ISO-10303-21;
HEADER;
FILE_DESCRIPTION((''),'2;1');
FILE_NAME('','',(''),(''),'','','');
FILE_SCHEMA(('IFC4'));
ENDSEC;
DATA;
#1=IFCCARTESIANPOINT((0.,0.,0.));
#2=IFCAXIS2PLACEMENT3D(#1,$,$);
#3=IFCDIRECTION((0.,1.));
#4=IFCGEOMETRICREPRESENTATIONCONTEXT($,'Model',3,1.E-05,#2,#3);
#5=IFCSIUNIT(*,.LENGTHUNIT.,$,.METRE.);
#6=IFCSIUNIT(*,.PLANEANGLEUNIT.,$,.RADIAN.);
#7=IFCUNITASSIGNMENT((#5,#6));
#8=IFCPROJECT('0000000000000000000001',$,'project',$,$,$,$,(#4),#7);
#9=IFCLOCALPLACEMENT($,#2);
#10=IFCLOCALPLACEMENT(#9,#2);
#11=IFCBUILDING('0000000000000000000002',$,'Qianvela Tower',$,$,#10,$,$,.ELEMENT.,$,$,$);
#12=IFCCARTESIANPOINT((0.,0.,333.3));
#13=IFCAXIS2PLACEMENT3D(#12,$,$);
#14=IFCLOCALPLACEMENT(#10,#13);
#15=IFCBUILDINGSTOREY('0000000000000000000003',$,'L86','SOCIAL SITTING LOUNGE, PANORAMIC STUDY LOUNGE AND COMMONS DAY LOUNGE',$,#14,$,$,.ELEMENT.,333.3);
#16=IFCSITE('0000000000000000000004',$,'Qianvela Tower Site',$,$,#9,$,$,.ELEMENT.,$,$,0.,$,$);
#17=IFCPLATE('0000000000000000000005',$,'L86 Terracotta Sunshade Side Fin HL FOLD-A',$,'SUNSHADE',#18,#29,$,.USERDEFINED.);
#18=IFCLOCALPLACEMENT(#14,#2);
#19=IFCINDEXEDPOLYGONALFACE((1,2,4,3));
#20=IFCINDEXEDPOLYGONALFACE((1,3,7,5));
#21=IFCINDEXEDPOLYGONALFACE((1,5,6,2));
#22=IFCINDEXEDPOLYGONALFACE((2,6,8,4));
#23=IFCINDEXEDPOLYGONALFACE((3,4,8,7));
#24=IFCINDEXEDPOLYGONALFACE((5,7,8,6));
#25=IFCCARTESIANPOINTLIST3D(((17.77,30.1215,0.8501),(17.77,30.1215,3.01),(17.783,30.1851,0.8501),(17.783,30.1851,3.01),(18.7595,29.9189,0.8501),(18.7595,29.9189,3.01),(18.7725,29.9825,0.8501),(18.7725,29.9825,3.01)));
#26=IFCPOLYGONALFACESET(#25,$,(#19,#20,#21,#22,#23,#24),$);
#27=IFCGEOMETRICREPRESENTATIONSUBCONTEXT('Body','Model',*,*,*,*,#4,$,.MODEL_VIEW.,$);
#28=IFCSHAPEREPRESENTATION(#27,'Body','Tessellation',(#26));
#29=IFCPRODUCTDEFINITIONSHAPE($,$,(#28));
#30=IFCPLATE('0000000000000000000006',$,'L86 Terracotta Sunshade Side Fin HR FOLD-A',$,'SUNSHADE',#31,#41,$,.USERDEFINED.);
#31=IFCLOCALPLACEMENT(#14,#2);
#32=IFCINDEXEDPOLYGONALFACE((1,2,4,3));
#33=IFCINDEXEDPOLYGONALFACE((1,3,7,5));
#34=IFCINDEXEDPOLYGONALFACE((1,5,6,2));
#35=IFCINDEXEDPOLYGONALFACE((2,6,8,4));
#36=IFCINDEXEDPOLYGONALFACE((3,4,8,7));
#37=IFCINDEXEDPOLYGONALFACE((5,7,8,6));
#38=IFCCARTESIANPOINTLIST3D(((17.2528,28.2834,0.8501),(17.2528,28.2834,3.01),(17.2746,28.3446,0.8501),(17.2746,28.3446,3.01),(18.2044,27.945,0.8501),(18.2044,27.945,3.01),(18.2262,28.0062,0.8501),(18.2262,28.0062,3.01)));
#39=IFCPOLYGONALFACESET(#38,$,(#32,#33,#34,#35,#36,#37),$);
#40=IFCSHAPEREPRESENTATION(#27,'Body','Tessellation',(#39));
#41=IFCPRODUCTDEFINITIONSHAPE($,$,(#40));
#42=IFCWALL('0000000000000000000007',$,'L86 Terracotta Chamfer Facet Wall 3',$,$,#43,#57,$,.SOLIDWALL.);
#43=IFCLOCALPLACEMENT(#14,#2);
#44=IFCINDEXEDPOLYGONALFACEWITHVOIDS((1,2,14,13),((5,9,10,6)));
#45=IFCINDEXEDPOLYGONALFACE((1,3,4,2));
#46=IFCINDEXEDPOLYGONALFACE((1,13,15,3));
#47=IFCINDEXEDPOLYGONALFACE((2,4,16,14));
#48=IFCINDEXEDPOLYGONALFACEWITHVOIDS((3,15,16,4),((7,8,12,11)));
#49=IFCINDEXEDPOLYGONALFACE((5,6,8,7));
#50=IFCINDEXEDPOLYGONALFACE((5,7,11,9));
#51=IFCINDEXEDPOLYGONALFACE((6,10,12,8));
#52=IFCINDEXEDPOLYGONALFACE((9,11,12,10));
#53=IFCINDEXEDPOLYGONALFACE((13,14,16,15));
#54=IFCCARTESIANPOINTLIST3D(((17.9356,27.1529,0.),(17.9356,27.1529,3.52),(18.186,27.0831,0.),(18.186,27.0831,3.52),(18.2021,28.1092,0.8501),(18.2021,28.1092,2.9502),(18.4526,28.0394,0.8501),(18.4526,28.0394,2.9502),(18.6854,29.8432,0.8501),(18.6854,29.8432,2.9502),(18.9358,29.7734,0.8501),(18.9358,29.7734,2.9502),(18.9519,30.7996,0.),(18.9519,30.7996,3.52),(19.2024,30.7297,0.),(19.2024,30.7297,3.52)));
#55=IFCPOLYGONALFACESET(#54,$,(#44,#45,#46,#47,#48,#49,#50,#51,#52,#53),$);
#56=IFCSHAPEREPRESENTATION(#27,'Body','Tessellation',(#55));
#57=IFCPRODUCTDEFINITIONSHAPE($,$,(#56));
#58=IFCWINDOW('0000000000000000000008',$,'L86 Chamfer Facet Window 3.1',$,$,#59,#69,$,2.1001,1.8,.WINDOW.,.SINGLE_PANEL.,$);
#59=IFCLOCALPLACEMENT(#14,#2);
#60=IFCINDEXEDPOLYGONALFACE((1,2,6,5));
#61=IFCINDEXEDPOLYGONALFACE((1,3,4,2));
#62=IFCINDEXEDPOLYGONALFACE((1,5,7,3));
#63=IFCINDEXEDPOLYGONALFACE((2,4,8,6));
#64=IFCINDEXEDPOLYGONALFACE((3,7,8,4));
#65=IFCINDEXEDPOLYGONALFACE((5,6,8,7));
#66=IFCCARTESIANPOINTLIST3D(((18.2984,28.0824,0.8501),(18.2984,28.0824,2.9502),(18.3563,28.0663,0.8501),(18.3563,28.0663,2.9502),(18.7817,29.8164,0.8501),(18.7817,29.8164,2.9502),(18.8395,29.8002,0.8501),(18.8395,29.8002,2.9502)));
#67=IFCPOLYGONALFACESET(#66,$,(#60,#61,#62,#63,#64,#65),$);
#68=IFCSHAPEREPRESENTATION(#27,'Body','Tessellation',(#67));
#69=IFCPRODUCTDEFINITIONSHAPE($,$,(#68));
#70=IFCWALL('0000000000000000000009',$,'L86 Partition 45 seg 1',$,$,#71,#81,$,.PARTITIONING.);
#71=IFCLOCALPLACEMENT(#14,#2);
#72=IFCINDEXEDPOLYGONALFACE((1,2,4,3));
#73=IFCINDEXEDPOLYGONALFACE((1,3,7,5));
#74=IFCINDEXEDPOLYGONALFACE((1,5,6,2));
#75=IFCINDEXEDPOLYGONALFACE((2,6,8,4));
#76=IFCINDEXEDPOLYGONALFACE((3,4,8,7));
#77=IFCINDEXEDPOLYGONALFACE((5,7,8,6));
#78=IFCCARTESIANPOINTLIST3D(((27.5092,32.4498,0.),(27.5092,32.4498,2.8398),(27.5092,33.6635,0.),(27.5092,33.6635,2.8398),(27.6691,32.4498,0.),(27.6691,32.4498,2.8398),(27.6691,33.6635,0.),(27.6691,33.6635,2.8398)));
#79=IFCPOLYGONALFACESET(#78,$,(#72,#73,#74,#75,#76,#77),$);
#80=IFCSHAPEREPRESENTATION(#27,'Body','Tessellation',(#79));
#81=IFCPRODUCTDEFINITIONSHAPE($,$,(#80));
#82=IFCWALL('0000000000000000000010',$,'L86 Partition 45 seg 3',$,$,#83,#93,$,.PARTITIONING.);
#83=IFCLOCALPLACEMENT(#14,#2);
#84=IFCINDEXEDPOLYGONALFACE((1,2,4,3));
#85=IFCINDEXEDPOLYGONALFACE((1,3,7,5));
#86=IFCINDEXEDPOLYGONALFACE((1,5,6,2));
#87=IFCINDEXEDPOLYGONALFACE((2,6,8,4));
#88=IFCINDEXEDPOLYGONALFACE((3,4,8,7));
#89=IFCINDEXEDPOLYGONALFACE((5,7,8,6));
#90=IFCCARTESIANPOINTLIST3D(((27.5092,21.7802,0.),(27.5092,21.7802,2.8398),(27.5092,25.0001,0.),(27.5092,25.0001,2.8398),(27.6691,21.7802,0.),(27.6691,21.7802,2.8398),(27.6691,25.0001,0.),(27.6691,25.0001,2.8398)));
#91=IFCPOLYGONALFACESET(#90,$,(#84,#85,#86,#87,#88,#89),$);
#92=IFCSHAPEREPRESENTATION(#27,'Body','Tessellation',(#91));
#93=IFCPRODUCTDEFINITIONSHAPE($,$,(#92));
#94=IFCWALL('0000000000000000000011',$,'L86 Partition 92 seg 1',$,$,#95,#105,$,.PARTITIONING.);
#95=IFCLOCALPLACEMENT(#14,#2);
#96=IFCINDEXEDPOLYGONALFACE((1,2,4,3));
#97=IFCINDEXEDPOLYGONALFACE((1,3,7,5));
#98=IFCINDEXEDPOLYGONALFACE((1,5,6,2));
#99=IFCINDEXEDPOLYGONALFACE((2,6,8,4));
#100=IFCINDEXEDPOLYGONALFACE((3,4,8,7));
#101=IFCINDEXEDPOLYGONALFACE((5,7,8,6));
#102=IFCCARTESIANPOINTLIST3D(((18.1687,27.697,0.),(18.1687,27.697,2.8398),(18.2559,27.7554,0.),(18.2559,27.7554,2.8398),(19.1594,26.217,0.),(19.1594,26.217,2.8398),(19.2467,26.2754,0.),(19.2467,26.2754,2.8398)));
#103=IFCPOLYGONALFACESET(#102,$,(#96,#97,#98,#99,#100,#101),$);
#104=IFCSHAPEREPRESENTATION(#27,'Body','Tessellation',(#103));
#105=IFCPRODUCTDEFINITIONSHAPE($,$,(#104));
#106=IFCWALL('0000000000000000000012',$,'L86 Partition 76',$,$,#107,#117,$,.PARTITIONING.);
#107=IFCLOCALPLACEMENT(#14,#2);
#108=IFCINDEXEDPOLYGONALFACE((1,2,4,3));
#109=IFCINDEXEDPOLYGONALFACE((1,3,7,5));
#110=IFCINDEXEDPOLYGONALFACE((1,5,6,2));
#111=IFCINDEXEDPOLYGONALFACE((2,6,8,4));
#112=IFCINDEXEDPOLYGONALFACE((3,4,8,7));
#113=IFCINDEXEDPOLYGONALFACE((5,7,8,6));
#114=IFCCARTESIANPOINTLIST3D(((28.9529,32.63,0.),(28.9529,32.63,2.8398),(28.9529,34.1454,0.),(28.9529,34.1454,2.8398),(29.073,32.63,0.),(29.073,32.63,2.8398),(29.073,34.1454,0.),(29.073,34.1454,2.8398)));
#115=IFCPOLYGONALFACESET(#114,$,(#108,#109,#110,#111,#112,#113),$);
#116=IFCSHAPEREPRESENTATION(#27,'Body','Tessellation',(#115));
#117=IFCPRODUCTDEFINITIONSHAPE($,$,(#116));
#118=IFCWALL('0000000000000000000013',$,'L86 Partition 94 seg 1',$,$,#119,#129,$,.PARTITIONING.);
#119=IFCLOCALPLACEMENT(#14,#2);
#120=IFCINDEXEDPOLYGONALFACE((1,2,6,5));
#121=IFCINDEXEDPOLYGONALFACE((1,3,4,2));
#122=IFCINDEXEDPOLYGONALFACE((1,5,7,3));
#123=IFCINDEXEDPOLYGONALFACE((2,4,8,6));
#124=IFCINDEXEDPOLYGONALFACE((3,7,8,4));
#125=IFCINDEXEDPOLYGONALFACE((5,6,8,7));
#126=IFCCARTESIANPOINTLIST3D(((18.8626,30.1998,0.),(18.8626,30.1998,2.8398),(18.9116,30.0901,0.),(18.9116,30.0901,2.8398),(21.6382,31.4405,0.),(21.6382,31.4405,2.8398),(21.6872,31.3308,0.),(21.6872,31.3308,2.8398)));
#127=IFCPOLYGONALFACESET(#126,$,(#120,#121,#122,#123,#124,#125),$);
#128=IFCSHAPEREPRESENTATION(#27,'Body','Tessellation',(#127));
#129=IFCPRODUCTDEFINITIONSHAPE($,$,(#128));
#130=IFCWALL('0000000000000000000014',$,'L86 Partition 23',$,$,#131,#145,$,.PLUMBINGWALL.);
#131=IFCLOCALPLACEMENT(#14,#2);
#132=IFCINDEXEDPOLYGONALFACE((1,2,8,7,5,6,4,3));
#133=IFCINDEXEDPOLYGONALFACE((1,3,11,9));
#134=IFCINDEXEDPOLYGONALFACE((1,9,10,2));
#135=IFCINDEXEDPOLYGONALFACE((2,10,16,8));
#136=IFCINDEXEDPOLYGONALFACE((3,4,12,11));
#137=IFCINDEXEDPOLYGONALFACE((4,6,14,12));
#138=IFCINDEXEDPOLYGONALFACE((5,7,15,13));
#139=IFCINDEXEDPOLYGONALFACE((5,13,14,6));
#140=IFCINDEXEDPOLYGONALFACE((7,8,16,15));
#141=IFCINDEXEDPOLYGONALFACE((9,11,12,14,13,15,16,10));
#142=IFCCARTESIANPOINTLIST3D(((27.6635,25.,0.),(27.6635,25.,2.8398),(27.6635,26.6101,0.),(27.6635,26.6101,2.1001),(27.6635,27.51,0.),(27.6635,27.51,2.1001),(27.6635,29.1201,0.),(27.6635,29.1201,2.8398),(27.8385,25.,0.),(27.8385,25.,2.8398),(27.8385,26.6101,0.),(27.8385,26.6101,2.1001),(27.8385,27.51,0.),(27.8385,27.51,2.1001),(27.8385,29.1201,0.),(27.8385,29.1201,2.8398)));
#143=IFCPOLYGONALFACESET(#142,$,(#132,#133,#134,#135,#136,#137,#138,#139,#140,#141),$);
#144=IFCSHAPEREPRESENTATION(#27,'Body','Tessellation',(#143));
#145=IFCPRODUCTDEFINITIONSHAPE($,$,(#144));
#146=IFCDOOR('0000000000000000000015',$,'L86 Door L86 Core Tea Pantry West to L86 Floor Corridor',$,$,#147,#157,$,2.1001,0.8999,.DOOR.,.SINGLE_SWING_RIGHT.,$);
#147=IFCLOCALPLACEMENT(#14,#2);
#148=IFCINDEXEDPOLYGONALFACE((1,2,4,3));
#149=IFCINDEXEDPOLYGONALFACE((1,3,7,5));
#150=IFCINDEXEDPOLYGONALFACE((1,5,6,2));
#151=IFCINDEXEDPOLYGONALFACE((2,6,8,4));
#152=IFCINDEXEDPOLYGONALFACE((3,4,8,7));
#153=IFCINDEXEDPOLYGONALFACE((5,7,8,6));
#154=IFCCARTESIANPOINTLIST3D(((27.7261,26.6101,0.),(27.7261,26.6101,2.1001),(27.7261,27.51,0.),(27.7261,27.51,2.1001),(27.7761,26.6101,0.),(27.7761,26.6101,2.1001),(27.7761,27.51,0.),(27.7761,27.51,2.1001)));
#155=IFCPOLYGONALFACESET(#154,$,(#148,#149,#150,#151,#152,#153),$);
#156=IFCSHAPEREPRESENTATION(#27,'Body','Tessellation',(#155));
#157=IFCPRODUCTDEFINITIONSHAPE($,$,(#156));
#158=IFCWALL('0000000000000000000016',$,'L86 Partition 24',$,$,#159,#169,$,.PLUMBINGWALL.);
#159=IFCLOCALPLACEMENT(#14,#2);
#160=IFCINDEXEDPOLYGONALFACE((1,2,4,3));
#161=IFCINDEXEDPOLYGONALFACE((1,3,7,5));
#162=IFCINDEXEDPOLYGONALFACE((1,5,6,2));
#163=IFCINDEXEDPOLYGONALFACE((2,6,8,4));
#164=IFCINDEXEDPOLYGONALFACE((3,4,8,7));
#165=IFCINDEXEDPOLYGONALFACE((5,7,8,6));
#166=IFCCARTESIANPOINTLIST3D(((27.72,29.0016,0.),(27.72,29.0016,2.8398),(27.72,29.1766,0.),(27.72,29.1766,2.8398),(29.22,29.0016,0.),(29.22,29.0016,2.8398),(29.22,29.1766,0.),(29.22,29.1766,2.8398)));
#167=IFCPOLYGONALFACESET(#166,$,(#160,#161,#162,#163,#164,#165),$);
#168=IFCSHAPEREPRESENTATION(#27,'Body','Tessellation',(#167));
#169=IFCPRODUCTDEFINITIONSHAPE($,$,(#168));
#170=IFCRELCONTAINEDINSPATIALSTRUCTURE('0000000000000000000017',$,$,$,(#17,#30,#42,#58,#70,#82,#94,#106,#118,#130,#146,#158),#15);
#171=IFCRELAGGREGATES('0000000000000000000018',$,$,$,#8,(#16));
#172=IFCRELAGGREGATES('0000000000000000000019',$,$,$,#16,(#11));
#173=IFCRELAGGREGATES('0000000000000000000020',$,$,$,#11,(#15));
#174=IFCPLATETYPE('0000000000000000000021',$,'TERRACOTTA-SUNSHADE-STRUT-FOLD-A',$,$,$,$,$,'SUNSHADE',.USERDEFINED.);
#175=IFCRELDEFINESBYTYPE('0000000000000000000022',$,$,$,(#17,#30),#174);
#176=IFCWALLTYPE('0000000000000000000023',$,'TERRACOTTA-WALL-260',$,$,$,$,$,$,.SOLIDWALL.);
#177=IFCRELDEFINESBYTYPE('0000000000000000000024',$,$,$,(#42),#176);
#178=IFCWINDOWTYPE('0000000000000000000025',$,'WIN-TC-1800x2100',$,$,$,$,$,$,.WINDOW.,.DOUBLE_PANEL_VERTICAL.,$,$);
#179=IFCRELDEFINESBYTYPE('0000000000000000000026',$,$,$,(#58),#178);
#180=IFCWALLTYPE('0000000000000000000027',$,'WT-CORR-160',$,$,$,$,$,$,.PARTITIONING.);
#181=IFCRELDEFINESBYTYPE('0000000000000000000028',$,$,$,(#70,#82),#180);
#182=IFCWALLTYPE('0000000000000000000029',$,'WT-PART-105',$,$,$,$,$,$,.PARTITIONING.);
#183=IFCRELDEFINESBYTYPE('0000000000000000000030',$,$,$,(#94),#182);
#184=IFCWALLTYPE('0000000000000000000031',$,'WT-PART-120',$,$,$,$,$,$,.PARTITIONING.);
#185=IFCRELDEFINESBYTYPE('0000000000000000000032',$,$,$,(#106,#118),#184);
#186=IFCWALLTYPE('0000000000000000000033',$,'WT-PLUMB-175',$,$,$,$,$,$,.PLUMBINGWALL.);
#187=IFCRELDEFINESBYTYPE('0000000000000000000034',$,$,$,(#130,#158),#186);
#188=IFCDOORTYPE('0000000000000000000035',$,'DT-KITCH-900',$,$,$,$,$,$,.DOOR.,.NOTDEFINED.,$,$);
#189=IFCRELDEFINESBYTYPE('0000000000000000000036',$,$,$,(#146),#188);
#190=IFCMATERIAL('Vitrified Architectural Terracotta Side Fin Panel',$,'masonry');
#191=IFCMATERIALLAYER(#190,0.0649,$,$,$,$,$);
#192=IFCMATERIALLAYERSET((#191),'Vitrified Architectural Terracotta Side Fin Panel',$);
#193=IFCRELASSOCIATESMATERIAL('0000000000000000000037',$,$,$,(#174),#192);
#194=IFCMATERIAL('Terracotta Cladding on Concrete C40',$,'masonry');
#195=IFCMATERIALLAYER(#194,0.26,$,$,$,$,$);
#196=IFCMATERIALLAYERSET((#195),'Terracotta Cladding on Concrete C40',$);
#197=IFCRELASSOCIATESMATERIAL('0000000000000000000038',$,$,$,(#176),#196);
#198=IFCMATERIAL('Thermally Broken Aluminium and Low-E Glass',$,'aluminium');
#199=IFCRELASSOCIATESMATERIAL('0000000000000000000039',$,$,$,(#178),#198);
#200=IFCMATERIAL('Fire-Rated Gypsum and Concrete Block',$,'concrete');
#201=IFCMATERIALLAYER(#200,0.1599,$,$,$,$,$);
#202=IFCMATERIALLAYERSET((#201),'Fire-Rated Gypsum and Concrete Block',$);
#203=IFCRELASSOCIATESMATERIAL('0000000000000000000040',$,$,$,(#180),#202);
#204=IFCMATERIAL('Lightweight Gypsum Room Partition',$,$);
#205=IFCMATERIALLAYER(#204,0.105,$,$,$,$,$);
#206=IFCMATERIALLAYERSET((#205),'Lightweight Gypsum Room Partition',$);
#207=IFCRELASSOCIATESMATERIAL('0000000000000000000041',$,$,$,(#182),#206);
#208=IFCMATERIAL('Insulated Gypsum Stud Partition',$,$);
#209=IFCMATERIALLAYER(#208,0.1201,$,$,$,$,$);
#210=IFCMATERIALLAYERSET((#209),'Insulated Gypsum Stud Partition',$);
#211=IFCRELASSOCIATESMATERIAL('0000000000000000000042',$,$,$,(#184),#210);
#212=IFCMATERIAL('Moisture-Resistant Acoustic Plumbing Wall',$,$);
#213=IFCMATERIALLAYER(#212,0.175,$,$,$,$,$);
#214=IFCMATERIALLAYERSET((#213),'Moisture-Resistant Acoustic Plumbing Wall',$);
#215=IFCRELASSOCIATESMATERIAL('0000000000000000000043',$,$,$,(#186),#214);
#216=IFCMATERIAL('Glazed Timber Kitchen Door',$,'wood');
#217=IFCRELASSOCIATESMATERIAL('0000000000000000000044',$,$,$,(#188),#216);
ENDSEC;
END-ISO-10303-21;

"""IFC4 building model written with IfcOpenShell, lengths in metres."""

from ifc_helpers import new_model, si_unit, direction, frame, frame_2d, origin, origin_2d, place, context, subcontext, project, spatial, rectangle, extrude, material, layer, layer_set, type_object, element, fill, save


model = new_model("IFC4")

# Units and contexts
model_context = context("Model", 3, precision=1e-05, world=origin(), true_north=direction((0.0, 1.0)))
body_context = subcontext(model_context, "Body", "Model", "MODEL_VIEW")
ifc_project = project(units=[si_unit("LENGTHUNIT", "METRE"), si_unit("PLANEANGLEUNIT", "RADIAN")], contexts=[model_context])

# Site, building, storey
site_placement = place(None, origin())
site = spatial("IfcSite", under=ifc_project, at=site_placement, Name="Qianvela Tower Site", CompositionType="ELEMENT", RefElevation=0.0)
building_placement = place(site_placement, origin())
building = spatial("IfcBuilding", under=site, at=building_placement, Name="Qianvela Tower", CompositionType="ELEMENT")
storey_placement = place(building_placement, frame((0.0, 0.0, 333.3)))
storey = spatial("IfcBuildingStorey", under=building, at=storey_placement, Name="L86", Description="SOCIAL SITTING LOUNGE, PANORAMIC STUDY LOUNGE AND COMMONS DAY LOUNGE", CompositionType="ELEMENT", Elevation=333.3)

# Plates
ifc_material_1 = material(Name="Vitrified Architectural Terracotta Side Fin Panel", Category="masonry")
ifc_layer_1 = layer(ifc_material_1, 0.0649)
ifc_layer_set_1 = layer_set([ifc_layer_1], Name="Vitrified Architectural Terracotta Side Fin Panel")
plate_type_1 = type_object("IfcPlateType", Name="TERRACOTTA-SUNSHADE-STRUT-FOLD-A", ElementType="SUNSHADE", PredefinedType="USERDEFINED", material=ifc_layer_set_1)
for number, where, z_axis, x_axis, name in (
    (1, (18.2712, 30.052, 0.8501), (0.0, 0.0, 1.0), (-0.200635, -0.979666, 0.0), "L86 Terracotta Sunshade Side Fin HL FOLD-A"),
    (2, (17.7395, 28.1448, 0.8501), (0.0, 0.0, 1.0), (-0.335026, -0.942209, 0.0), "L86 Terracotta Sunshade Side Fin HR FOLD-A"),
):
    element("IfcPlate", number, at=place(storey_placement, frame(where, z_axis=z_axis, x_axis=x_axis)), inside=storey, type_object=plate_type_1, Name=name, ObjectType="SUNSHADE", PredefinedType="USERDEFINED", context=body_context, shape_type="SweptSolid", body=[
        extrude(rectangle(XDim=0.0649, YDim=1.01, at=origin_2d()), origin(), (0.0, 0.0, 1.0), 2.1599),
    ])

# Wall, opening, window
ifc_material_2 = material(Name="Terracotta Cladding on Concrete C40", Category="masonry")
ifc_layer_2 = layer(ifc_material_2, 0.26)
ifc_layer_set_2 = layer_set([ifc_layer_2], Name="Terracotta Cladding on Concrete C40")
wall_type_1 = type_object("IfcWallType", Name="TERRACOTTA-WALL-260", PredefinedType="SOLIDWALL", material=ifc_layer_set_2)
wall_1_placement = place(storey_placement, frame((19.0771, 30.7646, 0.0), z_axis=(0.0, 0.0, 1.0), x_axis=(-0.268472, -0.963287, 0.0)))
wall_1 = element("IfcWall", 3, at=wall_1_placement, inside=storey, type_object=wall_type_1, Name="L86 Terracotta Chamfer Facet Wall 3", PredefinedType="SOLIDWALL", context=body_context, shape_type="SweptSolid", body=[
    extrude(rectangle(XDim=3.7856, YDim=0.26, at=frame_2d((1.8928, 0.0))), origin(), (0.0, 0.0, 1.0), 3.52),
])
opening_1_placement = place(wall_1_placement, frame((0.9929, 0.0, 0.8501)))
opening_1 = element("IfcOpeningElement", 4, at=opening_1_placement, cuts=wall_1, PredefinedType="OPENING", context=body_context, shape_type="SweptSolid", body=[
    extrude(rectangle(XDim=1.8, YDim=2.1001, at=frame_2d((0.8999, 1.05))), frame((0.0, 0.1399, 0.0), z_axis=(0.0, -1.0, 0.0), x_axis=(1.0, 0.0, 0.0)), (0.0, 0.0, 1.0), 0.28),
])
ifc_material_3 = material(Name="Thermally Broken Aluminium and Low-E Glass", Category="aluminium")
window_type = type_object("IfcWindowType", Name="WIN-TC-1800x2100", PartitioningType="DOUBLE_PANEL_VERTICAL", PredefinedType="WINDOW", material=ifc_material_3)
window_placement = place(opening_1_placement, origin())
window = element("IfcWindow", 5, at=window_placement, inside=storey, type_object=window_type, Name="L86 Chamfer Facet Window 3.1", OverallHeight=2.1001, OverallWidth=1.8, PartitioningType="SINGLE_PANEL", PredefinedType="WINDOW", context=body_context, shape_type="SweptSolid", body=[
    extrude(rectangle(XDim=1.8, YDim=2.1001, at=frame_2d((0.8999, 1.05))), frame((0.0, 0.03, 0.0), z_axis=(0.0, -1.0, 0.0), x_axis=(1.0, 0.0, 0.0)), (0.0, 0.0, 1.0), 0.0601),
])
fill(opening_1, window)

# Walls
ifc_material_4 = material(Name="Fire-Rated Gypsum and Concrete Block", Category="concrete")
ifc_layer_3 = layer(ifc_material_4, 0.1599)
ifc_layer_set_3 = layer_set([ifc_layer_3], Name="Fire-Rated Gypsum and Concrete Block")
wall_type_2 = type_object("IfcWallType", Name="WT-CORR-160", PredefinedType="PARTITIONING", material=ifc_layer_set_3)
wall_2_placement = place(storey_placement, frame((27.5891, 33.6636, 0.0), z_axis=(0.0, 0.0, 1.0), x_axis=(0.0, -1.0, 0.0)))
element("IfcWall", 6, at=wall_2_placement, inside=storey, type_object=wall_type_2, Name="L86 Partition 45 seg 1", PredefinedType="PARTITIONING", context=body_context, shape_type="SweptSolid", body=[
    extrude(rectangle(XDim=1.2136, YDim=0.1599, at=frame_2d((0.6069, 0.0))), origin(), (0.0, 0.0, 1.0), 2.8398),
])
wall_3_placement = place(storey_placement, frame((27.5891, 25.0, 0.0), z_axis=(0.0, 0.0, 1.0), x_axis=(0.0, -1.0, 0.0)))
element("IfcWall", 7, at=wall_3_placement, inside=storey, type_object=wall_type_2, Name="L86 Partition 45 seg 3", PredefinedType="PARTITIONING", context=body_context, shape_type="SweptSolid", body=[
    extrude(rectangle(XDim=3.22, YDim=0.1599, at=frame_2d((1.6099, 0.0))), origin(), (0.0, 0.0, 1.0), 2.8398),
])
ifc_material_5 = material(Name="Lightweight Gypsum Room Partition")
ifc_layer_4 = layer(ifc_material_5, 0.105)
ifc_layer_set_4 = layer_set([ifc_layer_4], Name="Lightweight Gypsum Room Partition")
wall_type_3 = type_object("IfcWallType", Name="WT-PART-105", PredefinedType="PARTITIONING", material=ifc_layer_set_4)
wall_4_placement = place(storey_placement, frame((19.2031, 26.2461, 0.0), z_axis=(0.0, 0.0, 1.0), x_axis=(-0.556281, 0.830994, 0.0)))
element("IfcWall", 8, at=wall_4_placement, inside=storey, type_object=wall_type_3, Name="L86 Partition 92 seg 1", PredefinedType="PARTITIONING", context=body_context, shape_type="SweptSolid", body=[
    extrude(rectangle(XDim=1.781, YDim=0.105, at=frame_2d((0.8906, 0.0))), origin(), (0.0, 0.0, 1.0), 2.8398),
])
ifc_material_6 = material(Name="Insulated Gypsum Stud Partition")
ifc_layer_5 = layer(ifc_material_6, 0.1201)
ifc_layer_set_5 = layer_set([ifc_layer_5], Name="Insulated Gypsum Stud Partition")
wall_type_4 = type_object("IfcWallType", Name="WT-PART-120", PredefinedType="PARTITIONING", material=ifc_layer_set_5)
wall_5_placement = place(storey_placement, frame((29.0129, 32.6299, 0.0), z_axis=(0.0, 0.0, 1.0), x_axis=(0.0, 1.0, 0.0)))
element("IfcWall", 9, at=wall_5_placement, inside=storey, type_object=wall_type_4, Name="L86 Partition 76", PredefinedType="PARTITIONING", context=body_context, shape_type="SweptSolid", body=[
    extrude(rectangle(XDim=1.5154, YDim=0.1201, at=frame_2d((0.7578, 0.0))), origin(), (0.0, 0.0, 1.0), 2.8398),
])
wall_6_placement = place(storey_placement, frame((18.8872, 30.145, 0.0), z_axis=(0.0, 0.0, 1.0), x_axis=(0.912942, 0.40809, 0.0)))
element("IfcWall", 10, at=wall_6_placement, inside=storey, type_object=wall_type_4, Name="L86 Partition 94 seg 1", PredefinedType="PARTITIONING", context=body_context, shape_type="SweptSolid", body=[
    extrude(rectangle(XDim=3.0403, YDim=0.1201, at=frame_2d((1.52, 0.0))), origin(), (0.0, 0.0, 1.0), 2.8398),
])

# Wall, opening, door
ifc_material_7 = material(Name="Moisture-Resistant Acoustic Plumbing Wall")
ifc_layer_6 = layer(ifc_material_7, 0.175)
ifc_layer_set_6 = layer_set([ifc_layer_6], Name="Moisture-Resistant Acoustic Plumbing Wall")
wall_type_5 = type_object("IfcWallType", Name="WT-PLUMB-175", PredefinedType="PLUMBINGWALL", material=ifc_layer_set_6)
wall_7_placement = place(storey_placement, frame((27.751, 25.0, 0.0), z_axis=(0.0, 0.0, 1.0), x_axis=(0.0, 1.0, 0.0)))
wall_7 = element("IfcWall", 11, at=wall_7_placement, inside=storey, type_object=wall_type_5, Name="L86 Partition 23", PredefinedType="PLUMBINGWALL", context=body_context, shape_type="SweptSolid", body=[
    extrude(rectangle(XDim=4.1201, YDim=0.175, at=frame_2d((2.0601, 0.0))), origin(), (0.0, 0.0, 1.0), 2.8398),
])
opening_2_placement = place(wall_7_placement, frame((1.6101, 0.0, 0.0)))
opening_2 = element("IfcOpeningElement", 12, at=opening_2_placement, cuts=wall_7, PredefinedType="OPENING", context=body_context, shape_type="SweptSolid", body=[
    extrude(rectangle(XDim=0.8999, YDim=2.1001, at=frame_2d((0.45, 1.05))), frame((0.0, 0.0974, 0.0), z_axis=(0.0, -1.0, 0.0), x_axis=(1.0, 0.0, 0.0)), (0.0, 0.0, 1.0), 0.1951),
])
ifc_material_8 = material(Name="Glazed Timber Kitchen Door", Category="wood")
door_type_1 = type_object("IfcDoorType", Name="DT-KITCH-900", OperationType="NOTDEFINED", PredefinedType="DOOR", material=ifc_material_8)
door_1_placement = place(opening_2_placement, origin())
door_1 = element("IfcDoor", 13, at=door_1_placement, inside=storey, type_object=door_type_1, Name="L86 Door L86 Core Tea Pantry West to L86 Floor Corridor", OperationType="SINGLE_SWING_RIGHT", OverallHeight=2.1001, OverallWidth=0.8999, PredefinedType="DOOR", context=body_context, shape_type="SweptSolid", body=[
    extrude(rectangle(XDim=0.8999, YDim=2.1001, at=frame_2d((0.45, 1.05))), frame((0.0, 0.0249, 0.0), z_axis=(0.0, -1.0, 0.0), x_axis=(1.0, 0.0, 0.0)), (0.0, 0.0, 1.0), 0.05),
])
fill(opening_2, door_1)

# Wall
wall_8_placement = place(storey_placement, frame((27.72, 29.0891, 0.0), z_axis=(0.0, 0.0, 1.0), x_axis=(1.0, 0.0, 0.0)))
element("IfcWall", 14, at=wall_8_placement, inside=storey, type_object=wall_type_5, Name="L86 Partition 24", PredefinedType="PLUMBINGWALL", context=body_context, shape_type="SweptSolid", body=[
    extrude(rectangle(XDim=1.5, YDim=0.175, at=frame_2d((0.75, 0.0))), origin(), (0.0, 0.0, 1.0), 2.8398),
])

save(model, "model.ifc")
